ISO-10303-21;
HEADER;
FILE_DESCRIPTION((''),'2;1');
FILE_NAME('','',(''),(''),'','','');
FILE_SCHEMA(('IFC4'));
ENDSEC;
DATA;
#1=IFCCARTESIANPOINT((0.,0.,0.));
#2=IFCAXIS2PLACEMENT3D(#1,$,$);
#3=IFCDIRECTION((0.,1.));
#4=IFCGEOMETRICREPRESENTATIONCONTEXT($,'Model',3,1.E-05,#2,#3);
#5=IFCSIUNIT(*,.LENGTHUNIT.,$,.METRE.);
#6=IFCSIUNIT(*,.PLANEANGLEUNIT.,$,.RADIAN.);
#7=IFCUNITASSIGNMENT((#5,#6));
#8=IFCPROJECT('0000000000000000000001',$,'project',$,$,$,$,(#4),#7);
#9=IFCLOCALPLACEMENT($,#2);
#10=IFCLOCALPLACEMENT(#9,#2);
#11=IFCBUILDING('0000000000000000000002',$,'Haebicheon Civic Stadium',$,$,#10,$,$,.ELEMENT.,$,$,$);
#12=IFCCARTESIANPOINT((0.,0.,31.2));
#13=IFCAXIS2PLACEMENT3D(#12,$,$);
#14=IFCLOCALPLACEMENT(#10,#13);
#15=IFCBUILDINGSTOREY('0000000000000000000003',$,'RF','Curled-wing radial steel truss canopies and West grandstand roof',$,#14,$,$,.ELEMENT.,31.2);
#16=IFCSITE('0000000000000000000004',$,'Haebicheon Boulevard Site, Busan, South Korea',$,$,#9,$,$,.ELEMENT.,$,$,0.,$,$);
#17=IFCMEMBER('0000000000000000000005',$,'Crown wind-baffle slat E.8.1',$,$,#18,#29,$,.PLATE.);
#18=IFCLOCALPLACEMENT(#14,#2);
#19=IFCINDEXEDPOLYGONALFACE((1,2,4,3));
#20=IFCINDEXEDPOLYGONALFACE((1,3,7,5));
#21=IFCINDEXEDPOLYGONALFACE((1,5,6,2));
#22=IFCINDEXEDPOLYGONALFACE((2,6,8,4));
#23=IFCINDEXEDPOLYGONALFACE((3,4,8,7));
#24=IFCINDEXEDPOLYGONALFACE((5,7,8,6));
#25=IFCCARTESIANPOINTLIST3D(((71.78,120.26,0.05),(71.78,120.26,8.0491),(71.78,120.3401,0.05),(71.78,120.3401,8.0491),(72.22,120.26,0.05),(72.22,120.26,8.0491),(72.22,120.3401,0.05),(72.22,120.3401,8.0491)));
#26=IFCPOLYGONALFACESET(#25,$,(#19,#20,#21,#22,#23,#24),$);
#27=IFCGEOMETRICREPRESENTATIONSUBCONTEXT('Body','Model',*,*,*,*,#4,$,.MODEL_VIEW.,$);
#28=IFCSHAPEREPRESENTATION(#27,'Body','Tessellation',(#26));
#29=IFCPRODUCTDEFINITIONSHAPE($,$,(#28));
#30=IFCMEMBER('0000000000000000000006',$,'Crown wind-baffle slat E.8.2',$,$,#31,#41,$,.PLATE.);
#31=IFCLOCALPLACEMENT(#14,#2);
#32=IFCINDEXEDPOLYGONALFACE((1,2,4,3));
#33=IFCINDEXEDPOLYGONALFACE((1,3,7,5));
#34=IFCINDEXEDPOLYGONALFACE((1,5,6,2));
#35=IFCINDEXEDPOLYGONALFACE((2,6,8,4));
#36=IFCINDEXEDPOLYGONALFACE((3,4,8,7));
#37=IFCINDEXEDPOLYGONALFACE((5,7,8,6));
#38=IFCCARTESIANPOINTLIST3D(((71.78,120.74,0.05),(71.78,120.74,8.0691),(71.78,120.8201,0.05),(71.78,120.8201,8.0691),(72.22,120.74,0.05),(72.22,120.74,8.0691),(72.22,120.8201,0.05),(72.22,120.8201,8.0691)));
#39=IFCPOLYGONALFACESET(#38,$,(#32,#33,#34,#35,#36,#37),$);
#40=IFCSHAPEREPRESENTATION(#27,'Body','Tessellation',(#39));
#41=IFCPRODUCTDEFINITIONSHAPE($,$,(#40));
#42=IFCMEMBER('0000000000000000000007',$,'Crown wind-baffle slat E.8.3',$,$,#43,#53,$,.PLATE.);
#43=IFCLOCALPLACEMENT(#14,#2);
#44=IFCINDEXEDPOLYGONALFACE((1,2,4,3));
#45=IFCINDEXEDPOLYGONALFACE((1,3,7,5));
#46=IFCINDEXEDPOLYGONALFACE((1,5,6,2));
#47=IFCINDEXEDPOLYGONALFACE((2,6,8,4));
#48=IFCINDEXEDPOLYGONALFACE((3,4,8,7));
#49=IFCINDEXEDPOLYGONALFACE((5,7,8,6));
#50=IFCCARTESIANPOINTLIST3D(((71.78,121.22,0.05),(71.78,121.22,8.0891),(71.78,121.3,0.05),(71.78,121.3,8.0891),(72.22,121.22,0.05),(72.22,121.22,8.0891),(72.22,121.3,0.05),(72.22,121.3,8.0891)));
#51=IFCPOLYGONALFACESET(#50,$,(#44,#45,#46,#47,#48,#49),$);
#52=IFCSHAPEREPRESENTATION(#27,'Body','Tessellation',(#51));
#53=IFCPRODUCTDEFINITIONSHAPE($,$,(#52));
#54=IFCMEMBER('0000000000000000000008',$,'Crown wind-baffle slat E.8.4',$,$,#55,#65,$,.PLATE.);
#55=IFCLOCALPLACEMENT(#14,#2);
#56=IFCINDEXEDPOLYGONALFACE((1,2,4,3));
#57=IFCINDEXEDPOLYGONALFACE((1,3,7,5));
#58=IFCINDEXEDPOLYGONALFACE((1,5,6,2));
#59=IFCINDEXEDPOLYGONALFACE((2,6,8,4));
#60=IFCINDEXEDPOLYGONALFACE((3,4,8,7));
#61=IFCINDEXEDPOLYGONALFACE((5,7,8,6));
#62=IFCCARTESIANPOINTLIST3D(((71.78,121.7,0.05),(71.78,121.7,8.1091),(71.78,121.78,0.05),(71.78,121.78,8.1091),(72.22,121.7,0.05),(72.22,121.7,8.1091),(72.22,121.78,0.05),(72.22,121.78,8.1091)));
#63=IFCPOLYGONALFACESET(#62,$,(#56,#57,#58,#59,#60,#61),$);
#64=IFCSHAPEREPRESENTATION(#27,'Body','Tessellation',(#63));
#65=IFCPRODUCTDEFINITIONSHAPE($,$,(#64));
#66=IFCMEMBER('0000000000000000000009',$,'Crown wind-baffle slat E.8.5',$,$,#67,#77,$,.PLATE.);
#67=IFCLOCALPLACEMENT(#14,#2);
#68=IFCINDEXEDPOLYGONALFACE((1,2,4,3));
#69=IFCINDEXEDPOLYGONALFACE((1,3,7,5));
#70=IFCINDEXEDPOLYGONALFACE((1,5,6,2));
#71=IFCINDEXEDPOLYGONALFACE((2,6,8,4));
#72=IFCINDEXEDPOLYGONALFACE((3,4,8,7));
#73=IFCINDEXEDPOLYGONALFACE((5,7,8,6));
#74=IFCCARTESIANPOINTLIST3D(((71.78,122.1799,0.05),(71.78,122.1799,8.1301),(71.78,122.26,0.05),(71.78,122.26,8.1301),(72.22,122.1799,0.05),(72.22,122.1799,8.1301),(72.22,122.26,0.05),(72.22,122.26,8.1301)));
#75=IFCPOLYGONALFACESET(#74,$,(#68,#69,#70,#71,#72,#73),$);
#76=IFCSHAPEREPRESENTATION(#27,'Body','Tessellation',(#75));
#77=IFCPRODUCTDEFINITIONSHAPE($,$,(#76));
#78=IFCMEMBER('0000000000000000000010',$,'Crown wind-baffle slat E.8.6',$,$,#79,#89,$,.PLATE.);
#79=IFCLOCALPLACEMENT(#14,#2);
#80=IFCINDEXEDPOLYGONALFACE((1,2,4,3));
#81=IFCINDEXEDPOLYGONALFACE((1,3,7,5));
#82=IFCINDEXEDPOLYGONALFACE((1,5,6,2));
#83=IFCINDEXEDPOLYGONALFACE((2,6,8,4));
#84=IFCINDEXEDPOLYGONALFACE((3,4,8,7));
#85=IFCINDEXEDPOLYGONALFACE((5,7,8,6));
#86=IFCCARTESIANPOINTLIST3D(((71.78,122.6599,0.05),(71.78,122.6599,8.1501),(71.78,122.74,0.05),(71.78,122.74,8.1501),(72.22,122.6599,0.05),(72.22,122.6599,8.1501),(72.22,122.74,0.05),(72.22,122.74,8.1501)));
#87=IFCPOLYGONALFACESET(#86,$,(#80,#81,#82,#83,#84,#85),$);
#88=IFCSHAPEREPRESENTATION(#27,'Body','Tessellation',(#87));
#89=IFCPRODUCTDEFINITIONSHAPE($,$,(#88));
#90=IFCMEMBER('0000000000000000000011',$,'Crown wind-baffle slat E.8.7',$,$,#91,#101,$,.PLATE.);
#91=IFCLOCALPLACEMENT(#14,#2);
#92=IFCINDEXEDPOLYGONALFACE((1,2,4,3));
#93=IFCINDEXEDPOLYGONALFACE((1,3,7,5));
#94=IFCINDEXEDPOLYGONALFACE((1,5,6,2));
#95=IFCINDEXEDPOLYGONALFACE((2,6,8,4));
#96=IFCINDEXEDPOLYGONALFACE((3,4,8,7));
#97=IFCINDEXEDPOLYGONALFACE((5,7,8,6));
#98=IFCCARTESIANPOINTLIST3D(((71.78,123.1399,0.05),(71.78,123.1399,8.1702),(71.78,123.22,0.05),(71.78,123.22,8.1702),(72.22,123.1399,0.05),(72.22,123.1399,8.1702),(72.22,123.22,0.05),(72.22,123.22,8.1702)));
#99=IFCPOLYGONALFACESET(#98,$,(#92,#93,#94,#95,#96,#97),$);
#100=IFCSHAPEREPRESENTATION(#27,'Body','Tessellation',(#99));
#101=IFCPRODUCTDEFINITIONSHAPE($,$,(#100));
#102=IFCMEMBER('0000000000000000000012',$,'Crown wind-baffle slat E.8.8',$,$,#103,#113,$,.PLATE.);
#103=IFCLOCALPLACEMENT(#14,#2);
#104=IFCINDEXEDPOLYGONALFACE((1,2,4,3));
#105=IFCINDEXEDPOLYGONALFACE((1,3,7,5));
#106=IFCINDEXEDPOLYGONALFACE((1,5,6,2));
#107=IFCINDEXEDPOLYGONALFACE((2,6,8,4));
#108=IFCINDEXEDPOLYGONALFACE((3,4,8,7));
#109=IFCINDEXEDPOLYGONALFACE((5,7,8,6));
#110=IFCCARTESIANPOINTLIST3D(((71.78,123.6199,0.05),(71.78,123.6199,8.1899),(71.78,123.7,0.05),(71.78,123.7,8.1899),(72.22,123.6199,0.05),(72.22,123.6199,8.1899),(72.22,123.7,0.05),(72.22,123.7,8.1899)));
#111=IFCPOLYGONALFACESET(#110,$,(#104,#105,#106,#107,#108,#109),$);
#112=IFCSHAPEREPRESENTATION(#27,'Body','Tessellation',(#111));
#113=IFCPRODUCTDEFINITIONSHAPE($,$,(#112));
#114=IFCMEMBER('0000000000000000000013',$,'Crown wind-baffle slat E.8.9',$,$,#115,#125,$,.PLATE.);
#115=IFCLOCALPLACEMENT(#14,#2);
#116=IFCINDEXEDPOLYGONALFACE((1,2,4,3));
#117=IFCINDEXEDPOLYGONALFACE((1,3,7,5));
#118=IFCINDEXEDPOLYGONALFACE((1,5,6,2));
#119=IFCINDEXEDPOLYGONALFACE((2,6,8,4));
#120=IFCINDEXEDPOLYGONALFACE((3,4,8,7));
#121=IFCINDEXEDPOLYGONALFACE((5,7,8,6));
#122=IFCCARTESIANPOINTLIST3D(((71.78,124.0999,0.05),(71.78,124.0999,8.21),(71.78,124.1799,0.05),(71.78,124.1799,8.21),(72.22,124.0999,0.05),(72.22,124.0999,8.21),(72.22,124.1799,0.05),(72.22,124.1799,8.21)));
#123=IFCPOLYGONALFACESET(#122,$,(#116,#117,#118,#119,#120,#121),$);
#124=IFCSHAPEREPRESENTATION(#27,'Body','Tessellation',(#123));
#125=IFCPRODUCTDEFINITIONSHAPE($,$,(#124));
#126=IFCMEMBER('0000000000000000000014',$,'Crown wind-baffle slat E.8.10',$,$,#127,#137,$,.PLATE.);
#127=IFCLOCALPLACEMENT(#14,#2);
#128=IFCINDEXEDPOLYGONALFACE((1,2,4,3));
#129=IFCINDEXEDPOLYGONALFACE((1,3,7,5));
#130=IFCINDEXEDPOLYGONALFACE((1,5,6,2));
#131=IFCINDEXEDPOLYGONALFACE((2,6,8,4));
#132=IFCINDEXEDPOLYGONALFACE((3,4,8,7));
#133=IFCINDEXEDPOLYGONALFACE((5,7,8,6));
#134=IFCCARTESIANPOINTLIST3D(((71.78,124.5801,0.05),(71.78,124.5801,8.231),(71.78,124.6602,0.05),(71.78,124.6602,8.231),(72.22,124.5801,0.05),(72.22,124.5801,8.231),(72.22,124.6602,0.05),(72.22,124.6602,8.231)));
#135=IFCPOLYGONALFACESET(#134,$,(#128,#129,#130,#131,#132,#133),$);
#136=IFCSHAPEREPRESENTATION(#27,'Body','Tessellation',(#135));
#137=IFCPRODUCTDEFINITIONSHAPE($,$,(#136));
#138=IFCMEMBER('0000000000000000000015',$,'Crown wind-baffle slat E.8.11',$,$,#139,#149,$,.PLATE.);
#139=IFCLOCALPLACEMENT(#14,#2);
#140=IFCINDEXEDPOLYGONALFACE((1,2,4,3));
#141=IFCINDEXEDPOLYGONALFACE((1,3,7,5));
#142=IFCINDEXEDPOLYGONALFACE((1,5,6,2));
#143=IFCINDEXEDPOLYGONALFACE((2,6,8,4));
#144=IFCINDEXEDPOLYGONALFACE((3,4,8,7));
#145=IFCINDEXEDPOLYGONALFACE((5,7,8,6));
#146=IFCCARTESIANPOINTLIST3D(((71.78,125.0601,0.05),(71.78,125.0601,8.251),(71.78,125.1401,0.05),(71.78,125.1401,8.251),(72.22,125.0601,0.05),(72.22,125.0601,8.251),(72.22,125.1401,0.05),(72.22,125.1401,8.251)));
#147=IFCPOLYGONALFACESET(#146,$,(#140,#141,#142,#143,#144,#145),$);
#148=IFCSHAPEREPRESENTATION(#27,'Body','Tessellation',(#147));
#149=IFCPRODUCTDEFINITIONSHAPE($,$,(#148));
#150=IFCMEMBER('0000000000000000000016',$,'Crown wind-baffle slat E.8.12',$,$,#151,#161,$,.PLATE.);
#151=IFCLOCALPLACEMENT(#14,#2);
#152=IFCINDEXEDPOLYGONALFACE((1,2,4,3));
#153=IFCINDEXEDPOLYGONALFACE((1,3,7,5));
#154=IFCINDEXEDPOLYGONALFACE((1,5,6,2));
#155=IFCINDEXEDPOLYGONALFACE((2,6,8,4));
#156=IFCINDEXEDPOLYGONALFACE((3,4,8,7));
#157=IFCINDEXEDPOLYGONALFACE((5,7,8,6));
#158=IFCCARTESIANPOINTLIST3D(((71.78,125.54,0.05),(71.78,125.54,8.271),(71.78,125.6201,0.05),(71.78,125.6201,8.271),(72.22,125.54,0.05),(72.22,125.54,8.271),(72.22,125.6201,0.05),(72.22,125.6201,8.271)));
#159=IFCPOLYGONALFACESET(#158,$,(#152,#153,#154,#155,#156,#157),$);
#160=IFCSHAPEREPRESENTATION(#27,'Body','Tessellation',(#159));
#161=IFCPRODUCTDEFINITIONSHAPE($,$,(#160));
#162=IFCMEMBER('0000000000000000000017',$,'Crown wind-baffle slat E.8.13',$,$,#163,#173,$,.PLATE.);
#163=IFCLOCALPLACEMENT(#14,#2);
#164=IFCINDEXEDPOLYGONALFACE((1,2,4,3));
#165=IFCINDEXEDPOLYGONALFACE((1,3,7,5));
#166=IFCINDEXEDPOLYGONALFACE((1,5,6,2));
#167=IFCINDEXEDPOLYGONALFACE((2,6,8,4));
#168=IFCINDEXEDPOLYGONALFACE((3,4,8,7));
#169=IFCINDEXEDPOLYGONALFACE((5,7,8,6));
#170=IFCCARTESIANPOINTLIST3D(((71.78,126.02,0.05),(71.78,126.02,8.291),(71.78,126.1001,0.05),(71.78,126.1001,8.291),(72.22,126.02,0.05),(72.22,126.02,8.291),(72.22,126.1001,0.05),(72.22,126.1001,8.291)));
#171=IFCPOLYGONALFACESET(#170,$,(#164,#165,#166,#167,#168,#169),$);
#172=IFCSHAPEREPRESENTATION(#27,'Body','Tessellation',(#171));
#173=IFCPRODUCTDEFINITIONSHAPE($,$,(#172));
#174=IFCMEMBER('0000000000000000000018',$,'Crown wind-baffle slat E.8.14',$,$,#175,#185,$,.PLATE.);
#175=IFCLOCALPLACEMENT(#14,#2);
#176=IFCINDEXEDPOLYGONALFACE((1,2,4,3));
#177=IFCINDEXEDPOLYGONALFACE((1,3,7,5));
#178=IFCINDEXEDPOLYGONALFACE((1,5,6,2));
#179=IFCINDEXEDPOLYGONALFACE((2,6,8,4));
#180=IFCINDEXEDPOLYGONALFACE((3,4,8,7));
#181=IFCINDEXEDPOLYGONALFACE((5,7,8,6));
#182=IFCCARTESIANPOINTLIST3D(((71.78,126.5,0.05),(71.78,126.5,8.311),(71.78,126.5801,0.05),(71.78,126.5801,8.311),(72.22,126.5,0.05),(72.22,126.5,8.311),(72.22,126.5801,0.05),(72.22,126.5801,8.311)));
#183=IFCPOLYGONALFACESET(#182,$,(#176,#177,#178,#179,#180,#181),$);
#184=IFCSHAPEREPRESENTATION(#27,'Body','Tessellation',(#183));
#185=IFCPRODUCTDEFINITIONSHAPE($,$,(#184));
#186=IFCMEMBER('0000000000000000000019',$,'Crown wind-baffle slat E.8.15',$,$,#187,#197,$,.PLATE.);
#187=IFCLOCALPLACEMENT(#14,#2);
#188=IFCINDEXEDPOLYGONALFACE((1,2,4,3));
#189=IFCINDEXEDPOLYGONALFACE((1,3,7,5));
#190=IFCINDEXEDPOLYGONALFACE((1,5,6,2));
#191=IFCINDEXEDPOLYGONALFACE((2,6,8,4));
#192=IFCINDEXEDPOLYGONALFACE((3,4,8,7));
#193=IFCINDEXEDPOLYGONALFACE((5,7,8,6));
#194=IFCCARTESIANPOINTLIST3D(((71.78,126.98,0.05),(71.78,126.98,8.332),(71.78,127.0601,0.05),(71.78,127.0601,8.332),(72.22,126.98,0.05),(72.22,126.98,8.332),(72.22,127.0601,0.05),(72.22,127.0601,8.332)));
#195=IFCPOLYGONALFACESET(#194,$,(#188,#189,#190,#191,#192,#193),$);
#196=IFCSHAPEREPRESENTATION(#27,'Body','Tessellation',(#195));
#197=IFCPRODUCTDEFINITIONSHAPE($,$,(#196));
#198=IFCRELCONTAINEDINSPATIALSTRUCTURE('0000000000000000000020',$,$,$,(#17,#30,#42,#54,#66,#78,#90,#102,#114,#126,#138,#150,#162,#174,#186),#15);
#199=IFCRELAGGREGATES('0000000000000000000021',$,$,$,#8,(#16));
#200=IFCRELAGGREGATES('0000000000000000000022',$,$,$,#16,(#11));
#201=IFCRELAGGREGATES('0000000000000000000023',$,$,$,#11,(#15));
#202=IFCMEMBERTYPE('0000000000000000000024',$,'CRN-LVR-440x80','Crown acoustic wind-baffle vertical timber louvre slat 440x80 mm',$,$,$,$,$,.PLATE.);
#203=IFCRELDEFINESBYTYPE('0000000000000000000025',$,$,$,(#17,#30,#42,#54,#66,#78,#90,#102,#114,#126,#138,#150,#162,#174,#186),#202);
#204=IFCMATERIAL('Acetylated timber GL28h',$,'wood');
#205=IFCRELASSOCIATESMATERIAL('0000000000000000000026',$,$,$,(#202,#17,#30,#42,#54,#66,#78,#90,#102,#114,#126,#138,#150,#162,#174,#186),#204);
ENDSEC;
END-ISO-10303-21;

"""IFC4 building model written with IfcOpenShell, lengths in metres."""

from ifc_helpers import new_model, si_unit, direction, frame, origin, origin_2d, place, context, subcontext, project, spatial, rectangle, extrude, material, material_profile, profile_set, type_object, element, save


model = new_model("IFC4")

# Units and contexts
model_context = context("Model", 3, precision=1e-05, world=origin(), true_north=direction((0.0, 1.0)))
body_context = subcontext(model_context, "Body", "Model", "MODEL_VIEW")
ifc_project = project(units=[si_unit("LENGTHUNIT", "METRE"), si_unit("PLANEANGLEUNIT", "RADIAN")], contexts=[model_context])

# Site, building, storey
site_placement = place(None, origin())
site = spatial("IfcSite", under=ifc_project, at=site_placement, Name="Haebicheon Boulevard Site, Busan, South Korea", CompositionType="ELEMENT", RefElevation=0.0)
building_placement = place(site_placement, origin())
building = spatial("IfcBuilding", under=site, at=building_placement, Name="Haebicheon Civic Stadium", CompositionType="ELEMENT")
storey_placement = place(building_placement, frame((0.0, 0.0, 31.2)))
storey = spatial("IfcBuildingStorey", under=building, at=storey_placement, Name="RF", Description="Curled-wing radial steel truss canopies and West grandstand roof", CompositionType="ELEMENT", Elevation=31.2)

# Members
ifc_material_1 = material(Name="Acetylated timber GL28h", Category="wood")
ifc_material_profile_1 = material_profile(ifc_material_1, rectangle(XDim=0.0801, YDim=0.4399, at=origin_2d()), Name="TMB-LOUV-80x440")
ifc_profile_set_1 = profile_set([ifc_material_profile_1], Name="Acetylated timber GL28h")
member_type_1 = type_object("IfcMemberType", Name="CRN-LVR-440x80", Description="Crown acoustic wind-baffle vertical timber louvre slat 440x80 mm", PredefinedType="PLATE", material=ifc_profile_set_1)
member_1_placement = place(storey_placement, frame((72.0, 120.3, 0.05), z_axis=(0.0, 0.0, 1.0), x_axis=(0.0, 1.0, 0.0)))
element("IfcMember", 1, at=member_1_placement, inside=storey, type_object=member_type_1, material=ifc_profile_set_1, Name="Crown wind-baffle slat E.8.1", PredefinedType="PLATE", context=body_context, shape_type="SweptSolid", body=[
    extrude(rectangle(XDim=0.0801, YDim=0.4399, at=origin_2d()), origin(), (0.0, 0.0, 1.0), 7.999),
])
member_2_placement = place(storey_placement, frame((72.0, 120.78, 0.05), z_axis=(0.0, 0.0, 1.0), x_axis=(0.0, 1.0, 0.0)))
element("IfcMember", 2, at=member_2_placement, inside=storey, type_object=member_type_1, material=ifc_profile_set_1, Name="Crown wind-baffle slat E.8.2", PredefinedType="PLATE", context=body_context, shape_type="SweptSolid", body=[
    extrude(rectangle(XDim=0.0801, YDim=0.4399, at=origin_2d()), origin(), (0.0, 0.0, 1.0), 8.019),
])
member_3_placement = place(storey_placement, frame((72.0, 121.26, 0.05), z_axis=(0.0, 0.0, 1.0), x_axis=(0.0, 1.0, 0.0)))
element("IfcMember", 3, at=member_3_placement, inside=storey, type_object=member_type_1, material=ifc_profile_set_1, Name="Crown wind-baffle slat E.8.3", PredefinedType="PLATE", context=body_context, shape_type="SweptSolid", body=[
    extrude(rectangle(XDim=0.0801, YDim=0.4399, at=origin_2d()), origin(), (0.0, 0.0, 1.0), 8.0391),
])
member_4_placement = place(storey_placement, frame((72.0, 121.74, 0.05), z_axis=(0.0, 0.0, 1.0), x_axis=(0.0, 1.0, 0.0)))
element("IfcMember", 4, at=member_4_placement, inside=storey, type_object=member_type_1, material=ifc_profile_set_1, Name="Crown wind-baffle slat E.8.4", PredefinedType="PLATE", context=body_context, shape_type="SweptSolid", body=[
    extrude(rectangle(XDim=0.0801, YDim=0.4399, at=origin_2d()), origin(), (0.0, 0.0, 1.0), 8.0591),
])
member_5_placement = place(storey_placement, frame((72.0, 122.22, 0.05), z_axis=(0.0, 0.0, 1.0), x_axis=(0.0, 1.0, 0.0)))
element("IfcMember", 5, at=member_5_placement, inside=storey, type_object=member_type_1, material=ifc_profile_set_1, Name="Crown wind-baffle slat E.8.5", PredefinedType="PLATE", context=body_context, shape_type="SweptSolid", body=[
    extrude(rectangle(XDim=0.0801, YDim=0.4399, at=origin_2d()), origin(), (0.0, 0.0, 1.0), 8.0801),
])
member_6_placement = place(storey_placement, frame((72.0, 122.7, 0.05), z_axis=(0.0, 0.0, 1.0), x_axis=(0.0, 1.0, 0.0)))
element("IfcMember", 6, at=member_6_placement, inside=storey, type_object=member_type_1, material=ifc_profile_set_1, Name="Crown wind-baffle slat E.8.6", PredefinedType="PLATE", context=body_context, shape_type="SweptSolid", body=[
    extrude(rectangle(XDim=0.0801, YDim=0.4399, at=origin_2d()), origin(), (0.0, 0.0, 1.0), 8.1001),
])
member_7_placement = place(storey_placement, frame((72.0, 123.1799, 0.05), z_axis=(0.0, 0.0, 1.0), x_axis=(0.0, 1.0, 0.0)))
element("IfcMember", 7, at=member_7_placement, inside=storey, type_object=member_type_1, material=ifc_profile_set_1, Name="Crown wind-baffle slat E.8.7", PredefinedType="PLATE", context=body_context, shape_type="SweptSolid", body=[
    extrude(rectangle(XDim=0.0801, YDim=0.4399, at=origin_2d()), origin(), (0.0, 0.0, 1.0), 8.1201),
])
member_8_placement = place(storey_placement, frame((72.0, 123.6599, 0.05), z_axis=(0.0, 0.0, 1.0), x_axis=(0.0, 1.0, 0.0)))
element("IfcMember", 8, at=member_8_placement, inside=storey, type_object=member_type_1, material=ifc_profile_set_1, Name="Crown wind-baffle slat E.8.8", PredefinedType="PLATE", context=body_context, shape_type="SweptSolid", body=[
    extrude(rectangle(XDim=0.0801, YDim=0.4399, at=origin_2d()), origin(), (0.0, 0.0, 1.0), 8.1399),
])
member_9_placement = place(storey_placement, frame((72.0, 124.1399, 0.05), z_axis=(0.0, 0.0, 1.0), x_axis=(0.0, 1.0, 0.0)))
element("IfcMember", 9, at=member_9_placement, inside=storey, type_object=member_type_1, material=ifc_profile_set_1, Name="Crown wind-baffle slat E.8.9", PredefinedType="PLATE", context=body_context, shape_type="SweptSolid", body=[
    extrude(rectangle(XDim=0.0801, YDim=0.4399, at=origin_2d()), origin(), (0.0, 0.0, 1.0), 8.1599),
])
member_10_placement = place(storey_placement, frame((72.0, 124.6201, 0.05), z_axis=(0.0, 0.0, 1.0), x_axis=(0.0, 1.0, 0.0)))
element("IfcMember", 10, at=member_10_placement, inside=storey, type_object=member_type_1, material=ifc_profile_set_1, Name="Crown wind-baffle slat E.8.10", PredefinedType="PLATE", context=body_context, shape_type="SweptSolid", body=[
    extrude(rectangle(XDim=0.0801, YDim=0.4399, at=origin_2d()), origin(), (0.0, 0.0, 1.0), 8.1809),
])
member_11_placement = place(storey_placement, frame((72.0, 125.1001, 0.05), z_axis=(0.0, 0.0, 1.0), x_axis=(0.0, 1.0, 0.0)))
element("IfcMember", 11, at=member_11_placement, inside=storey, type_object=member_type_1, material=ifc_profile_set_1, Name="Crown wind-baffle slat E.8.11", PredefinedType="PLATE", context=body_context, shape_type="SweptSolid", body=[
    extrude(rectangle(XDim=0.0801, YDim=0.4399, at=origin_2d()), origin(), (0.0, 0.0, 1.0), 8.2009),
])
member_12_placement = place(storey_placement, frame((72.0, 125.5801, 0.05), z_axis=(0.0, 0.0, 1.0), x_axis=(0.0, 1.0, 0.0)))
element("IfcMember", 12, at=member_12_placement, inside=storey, type_object=member_type_1, material=ifc_profile_set_1, Name="Crown wind-baffle slat E.8.12", PredefinedType="PLATE", context=body_context, shape_type="SweptSolid", body=[
    extrude(rectangle(XDim=0.0801, YDim=0.4399, at=origin_2d()), origin(), (0.0, 0.0, 1.0), 8.2209),
])
member_13_placement = place(storey_placement, frame((72.0, 126.0601, 0.05), z_axis=(0.0, 0.0, 1.0), x_axis=(0.0, 1.0, 0.0)))
element("IfcMember", 13, at=member_13_placement, inside=storey, type_object=member_type_1, material=ifc_profile_set_1, Name="Crown wind-baffle slat E.8.13", PredefinedType="PLATE", context=body_context, shape_type="SweptSolid", body=[
    extrude(rectangle(XDim=0.0801, YDim=0.4399, at=origin_2d()), origin(), (0.0, 0.0, 1.0), 8.241),
])
member_14_placement = place(storey_placement, frame((72.0, 126.54, 0.05), z_axis=(0.0, 0.0, 1.0), x_axis=(0.0, 1.0, 0.0)))
element("IfcMember", 14, at=member_14_placement, inside=storey, type_object=member_type_1, material=ifc_profile_set_1, Name="Crown wind-baffle slat E.8.14", PredefinedType="PLATE", context=body_context, shape_type="SweptSolid", body=[
    extrude(rectangle(XDim=0.0801, YDim=0.4399, at=origin_2d()), origin(), (0.0, 0.0, 1.0), 8.261),
])
member_15_placement = place(storey_placement, frame((72.0, 127.02, 0.05), z_axis=(0.0, 0.0, 1.0), x_axis=(0.0, 1.0, 0.0)))
element("IfcMember", 15, at=member_15_placement, inside=storey, type_object=member_type_1, material=ifc_profile_set_1, Name="Crown wind-baffle slat E.8.15", PredefinedType="PLATE", context=body_context, shape_type="SweptSolid", body=[
    extrude(rectangle(XDim=0.0801, YDim=0.4399, at=origin_2d()), origin(), (0.0, 0.0, 1.0), 8.282),
])

save(model, "model.ifc")
